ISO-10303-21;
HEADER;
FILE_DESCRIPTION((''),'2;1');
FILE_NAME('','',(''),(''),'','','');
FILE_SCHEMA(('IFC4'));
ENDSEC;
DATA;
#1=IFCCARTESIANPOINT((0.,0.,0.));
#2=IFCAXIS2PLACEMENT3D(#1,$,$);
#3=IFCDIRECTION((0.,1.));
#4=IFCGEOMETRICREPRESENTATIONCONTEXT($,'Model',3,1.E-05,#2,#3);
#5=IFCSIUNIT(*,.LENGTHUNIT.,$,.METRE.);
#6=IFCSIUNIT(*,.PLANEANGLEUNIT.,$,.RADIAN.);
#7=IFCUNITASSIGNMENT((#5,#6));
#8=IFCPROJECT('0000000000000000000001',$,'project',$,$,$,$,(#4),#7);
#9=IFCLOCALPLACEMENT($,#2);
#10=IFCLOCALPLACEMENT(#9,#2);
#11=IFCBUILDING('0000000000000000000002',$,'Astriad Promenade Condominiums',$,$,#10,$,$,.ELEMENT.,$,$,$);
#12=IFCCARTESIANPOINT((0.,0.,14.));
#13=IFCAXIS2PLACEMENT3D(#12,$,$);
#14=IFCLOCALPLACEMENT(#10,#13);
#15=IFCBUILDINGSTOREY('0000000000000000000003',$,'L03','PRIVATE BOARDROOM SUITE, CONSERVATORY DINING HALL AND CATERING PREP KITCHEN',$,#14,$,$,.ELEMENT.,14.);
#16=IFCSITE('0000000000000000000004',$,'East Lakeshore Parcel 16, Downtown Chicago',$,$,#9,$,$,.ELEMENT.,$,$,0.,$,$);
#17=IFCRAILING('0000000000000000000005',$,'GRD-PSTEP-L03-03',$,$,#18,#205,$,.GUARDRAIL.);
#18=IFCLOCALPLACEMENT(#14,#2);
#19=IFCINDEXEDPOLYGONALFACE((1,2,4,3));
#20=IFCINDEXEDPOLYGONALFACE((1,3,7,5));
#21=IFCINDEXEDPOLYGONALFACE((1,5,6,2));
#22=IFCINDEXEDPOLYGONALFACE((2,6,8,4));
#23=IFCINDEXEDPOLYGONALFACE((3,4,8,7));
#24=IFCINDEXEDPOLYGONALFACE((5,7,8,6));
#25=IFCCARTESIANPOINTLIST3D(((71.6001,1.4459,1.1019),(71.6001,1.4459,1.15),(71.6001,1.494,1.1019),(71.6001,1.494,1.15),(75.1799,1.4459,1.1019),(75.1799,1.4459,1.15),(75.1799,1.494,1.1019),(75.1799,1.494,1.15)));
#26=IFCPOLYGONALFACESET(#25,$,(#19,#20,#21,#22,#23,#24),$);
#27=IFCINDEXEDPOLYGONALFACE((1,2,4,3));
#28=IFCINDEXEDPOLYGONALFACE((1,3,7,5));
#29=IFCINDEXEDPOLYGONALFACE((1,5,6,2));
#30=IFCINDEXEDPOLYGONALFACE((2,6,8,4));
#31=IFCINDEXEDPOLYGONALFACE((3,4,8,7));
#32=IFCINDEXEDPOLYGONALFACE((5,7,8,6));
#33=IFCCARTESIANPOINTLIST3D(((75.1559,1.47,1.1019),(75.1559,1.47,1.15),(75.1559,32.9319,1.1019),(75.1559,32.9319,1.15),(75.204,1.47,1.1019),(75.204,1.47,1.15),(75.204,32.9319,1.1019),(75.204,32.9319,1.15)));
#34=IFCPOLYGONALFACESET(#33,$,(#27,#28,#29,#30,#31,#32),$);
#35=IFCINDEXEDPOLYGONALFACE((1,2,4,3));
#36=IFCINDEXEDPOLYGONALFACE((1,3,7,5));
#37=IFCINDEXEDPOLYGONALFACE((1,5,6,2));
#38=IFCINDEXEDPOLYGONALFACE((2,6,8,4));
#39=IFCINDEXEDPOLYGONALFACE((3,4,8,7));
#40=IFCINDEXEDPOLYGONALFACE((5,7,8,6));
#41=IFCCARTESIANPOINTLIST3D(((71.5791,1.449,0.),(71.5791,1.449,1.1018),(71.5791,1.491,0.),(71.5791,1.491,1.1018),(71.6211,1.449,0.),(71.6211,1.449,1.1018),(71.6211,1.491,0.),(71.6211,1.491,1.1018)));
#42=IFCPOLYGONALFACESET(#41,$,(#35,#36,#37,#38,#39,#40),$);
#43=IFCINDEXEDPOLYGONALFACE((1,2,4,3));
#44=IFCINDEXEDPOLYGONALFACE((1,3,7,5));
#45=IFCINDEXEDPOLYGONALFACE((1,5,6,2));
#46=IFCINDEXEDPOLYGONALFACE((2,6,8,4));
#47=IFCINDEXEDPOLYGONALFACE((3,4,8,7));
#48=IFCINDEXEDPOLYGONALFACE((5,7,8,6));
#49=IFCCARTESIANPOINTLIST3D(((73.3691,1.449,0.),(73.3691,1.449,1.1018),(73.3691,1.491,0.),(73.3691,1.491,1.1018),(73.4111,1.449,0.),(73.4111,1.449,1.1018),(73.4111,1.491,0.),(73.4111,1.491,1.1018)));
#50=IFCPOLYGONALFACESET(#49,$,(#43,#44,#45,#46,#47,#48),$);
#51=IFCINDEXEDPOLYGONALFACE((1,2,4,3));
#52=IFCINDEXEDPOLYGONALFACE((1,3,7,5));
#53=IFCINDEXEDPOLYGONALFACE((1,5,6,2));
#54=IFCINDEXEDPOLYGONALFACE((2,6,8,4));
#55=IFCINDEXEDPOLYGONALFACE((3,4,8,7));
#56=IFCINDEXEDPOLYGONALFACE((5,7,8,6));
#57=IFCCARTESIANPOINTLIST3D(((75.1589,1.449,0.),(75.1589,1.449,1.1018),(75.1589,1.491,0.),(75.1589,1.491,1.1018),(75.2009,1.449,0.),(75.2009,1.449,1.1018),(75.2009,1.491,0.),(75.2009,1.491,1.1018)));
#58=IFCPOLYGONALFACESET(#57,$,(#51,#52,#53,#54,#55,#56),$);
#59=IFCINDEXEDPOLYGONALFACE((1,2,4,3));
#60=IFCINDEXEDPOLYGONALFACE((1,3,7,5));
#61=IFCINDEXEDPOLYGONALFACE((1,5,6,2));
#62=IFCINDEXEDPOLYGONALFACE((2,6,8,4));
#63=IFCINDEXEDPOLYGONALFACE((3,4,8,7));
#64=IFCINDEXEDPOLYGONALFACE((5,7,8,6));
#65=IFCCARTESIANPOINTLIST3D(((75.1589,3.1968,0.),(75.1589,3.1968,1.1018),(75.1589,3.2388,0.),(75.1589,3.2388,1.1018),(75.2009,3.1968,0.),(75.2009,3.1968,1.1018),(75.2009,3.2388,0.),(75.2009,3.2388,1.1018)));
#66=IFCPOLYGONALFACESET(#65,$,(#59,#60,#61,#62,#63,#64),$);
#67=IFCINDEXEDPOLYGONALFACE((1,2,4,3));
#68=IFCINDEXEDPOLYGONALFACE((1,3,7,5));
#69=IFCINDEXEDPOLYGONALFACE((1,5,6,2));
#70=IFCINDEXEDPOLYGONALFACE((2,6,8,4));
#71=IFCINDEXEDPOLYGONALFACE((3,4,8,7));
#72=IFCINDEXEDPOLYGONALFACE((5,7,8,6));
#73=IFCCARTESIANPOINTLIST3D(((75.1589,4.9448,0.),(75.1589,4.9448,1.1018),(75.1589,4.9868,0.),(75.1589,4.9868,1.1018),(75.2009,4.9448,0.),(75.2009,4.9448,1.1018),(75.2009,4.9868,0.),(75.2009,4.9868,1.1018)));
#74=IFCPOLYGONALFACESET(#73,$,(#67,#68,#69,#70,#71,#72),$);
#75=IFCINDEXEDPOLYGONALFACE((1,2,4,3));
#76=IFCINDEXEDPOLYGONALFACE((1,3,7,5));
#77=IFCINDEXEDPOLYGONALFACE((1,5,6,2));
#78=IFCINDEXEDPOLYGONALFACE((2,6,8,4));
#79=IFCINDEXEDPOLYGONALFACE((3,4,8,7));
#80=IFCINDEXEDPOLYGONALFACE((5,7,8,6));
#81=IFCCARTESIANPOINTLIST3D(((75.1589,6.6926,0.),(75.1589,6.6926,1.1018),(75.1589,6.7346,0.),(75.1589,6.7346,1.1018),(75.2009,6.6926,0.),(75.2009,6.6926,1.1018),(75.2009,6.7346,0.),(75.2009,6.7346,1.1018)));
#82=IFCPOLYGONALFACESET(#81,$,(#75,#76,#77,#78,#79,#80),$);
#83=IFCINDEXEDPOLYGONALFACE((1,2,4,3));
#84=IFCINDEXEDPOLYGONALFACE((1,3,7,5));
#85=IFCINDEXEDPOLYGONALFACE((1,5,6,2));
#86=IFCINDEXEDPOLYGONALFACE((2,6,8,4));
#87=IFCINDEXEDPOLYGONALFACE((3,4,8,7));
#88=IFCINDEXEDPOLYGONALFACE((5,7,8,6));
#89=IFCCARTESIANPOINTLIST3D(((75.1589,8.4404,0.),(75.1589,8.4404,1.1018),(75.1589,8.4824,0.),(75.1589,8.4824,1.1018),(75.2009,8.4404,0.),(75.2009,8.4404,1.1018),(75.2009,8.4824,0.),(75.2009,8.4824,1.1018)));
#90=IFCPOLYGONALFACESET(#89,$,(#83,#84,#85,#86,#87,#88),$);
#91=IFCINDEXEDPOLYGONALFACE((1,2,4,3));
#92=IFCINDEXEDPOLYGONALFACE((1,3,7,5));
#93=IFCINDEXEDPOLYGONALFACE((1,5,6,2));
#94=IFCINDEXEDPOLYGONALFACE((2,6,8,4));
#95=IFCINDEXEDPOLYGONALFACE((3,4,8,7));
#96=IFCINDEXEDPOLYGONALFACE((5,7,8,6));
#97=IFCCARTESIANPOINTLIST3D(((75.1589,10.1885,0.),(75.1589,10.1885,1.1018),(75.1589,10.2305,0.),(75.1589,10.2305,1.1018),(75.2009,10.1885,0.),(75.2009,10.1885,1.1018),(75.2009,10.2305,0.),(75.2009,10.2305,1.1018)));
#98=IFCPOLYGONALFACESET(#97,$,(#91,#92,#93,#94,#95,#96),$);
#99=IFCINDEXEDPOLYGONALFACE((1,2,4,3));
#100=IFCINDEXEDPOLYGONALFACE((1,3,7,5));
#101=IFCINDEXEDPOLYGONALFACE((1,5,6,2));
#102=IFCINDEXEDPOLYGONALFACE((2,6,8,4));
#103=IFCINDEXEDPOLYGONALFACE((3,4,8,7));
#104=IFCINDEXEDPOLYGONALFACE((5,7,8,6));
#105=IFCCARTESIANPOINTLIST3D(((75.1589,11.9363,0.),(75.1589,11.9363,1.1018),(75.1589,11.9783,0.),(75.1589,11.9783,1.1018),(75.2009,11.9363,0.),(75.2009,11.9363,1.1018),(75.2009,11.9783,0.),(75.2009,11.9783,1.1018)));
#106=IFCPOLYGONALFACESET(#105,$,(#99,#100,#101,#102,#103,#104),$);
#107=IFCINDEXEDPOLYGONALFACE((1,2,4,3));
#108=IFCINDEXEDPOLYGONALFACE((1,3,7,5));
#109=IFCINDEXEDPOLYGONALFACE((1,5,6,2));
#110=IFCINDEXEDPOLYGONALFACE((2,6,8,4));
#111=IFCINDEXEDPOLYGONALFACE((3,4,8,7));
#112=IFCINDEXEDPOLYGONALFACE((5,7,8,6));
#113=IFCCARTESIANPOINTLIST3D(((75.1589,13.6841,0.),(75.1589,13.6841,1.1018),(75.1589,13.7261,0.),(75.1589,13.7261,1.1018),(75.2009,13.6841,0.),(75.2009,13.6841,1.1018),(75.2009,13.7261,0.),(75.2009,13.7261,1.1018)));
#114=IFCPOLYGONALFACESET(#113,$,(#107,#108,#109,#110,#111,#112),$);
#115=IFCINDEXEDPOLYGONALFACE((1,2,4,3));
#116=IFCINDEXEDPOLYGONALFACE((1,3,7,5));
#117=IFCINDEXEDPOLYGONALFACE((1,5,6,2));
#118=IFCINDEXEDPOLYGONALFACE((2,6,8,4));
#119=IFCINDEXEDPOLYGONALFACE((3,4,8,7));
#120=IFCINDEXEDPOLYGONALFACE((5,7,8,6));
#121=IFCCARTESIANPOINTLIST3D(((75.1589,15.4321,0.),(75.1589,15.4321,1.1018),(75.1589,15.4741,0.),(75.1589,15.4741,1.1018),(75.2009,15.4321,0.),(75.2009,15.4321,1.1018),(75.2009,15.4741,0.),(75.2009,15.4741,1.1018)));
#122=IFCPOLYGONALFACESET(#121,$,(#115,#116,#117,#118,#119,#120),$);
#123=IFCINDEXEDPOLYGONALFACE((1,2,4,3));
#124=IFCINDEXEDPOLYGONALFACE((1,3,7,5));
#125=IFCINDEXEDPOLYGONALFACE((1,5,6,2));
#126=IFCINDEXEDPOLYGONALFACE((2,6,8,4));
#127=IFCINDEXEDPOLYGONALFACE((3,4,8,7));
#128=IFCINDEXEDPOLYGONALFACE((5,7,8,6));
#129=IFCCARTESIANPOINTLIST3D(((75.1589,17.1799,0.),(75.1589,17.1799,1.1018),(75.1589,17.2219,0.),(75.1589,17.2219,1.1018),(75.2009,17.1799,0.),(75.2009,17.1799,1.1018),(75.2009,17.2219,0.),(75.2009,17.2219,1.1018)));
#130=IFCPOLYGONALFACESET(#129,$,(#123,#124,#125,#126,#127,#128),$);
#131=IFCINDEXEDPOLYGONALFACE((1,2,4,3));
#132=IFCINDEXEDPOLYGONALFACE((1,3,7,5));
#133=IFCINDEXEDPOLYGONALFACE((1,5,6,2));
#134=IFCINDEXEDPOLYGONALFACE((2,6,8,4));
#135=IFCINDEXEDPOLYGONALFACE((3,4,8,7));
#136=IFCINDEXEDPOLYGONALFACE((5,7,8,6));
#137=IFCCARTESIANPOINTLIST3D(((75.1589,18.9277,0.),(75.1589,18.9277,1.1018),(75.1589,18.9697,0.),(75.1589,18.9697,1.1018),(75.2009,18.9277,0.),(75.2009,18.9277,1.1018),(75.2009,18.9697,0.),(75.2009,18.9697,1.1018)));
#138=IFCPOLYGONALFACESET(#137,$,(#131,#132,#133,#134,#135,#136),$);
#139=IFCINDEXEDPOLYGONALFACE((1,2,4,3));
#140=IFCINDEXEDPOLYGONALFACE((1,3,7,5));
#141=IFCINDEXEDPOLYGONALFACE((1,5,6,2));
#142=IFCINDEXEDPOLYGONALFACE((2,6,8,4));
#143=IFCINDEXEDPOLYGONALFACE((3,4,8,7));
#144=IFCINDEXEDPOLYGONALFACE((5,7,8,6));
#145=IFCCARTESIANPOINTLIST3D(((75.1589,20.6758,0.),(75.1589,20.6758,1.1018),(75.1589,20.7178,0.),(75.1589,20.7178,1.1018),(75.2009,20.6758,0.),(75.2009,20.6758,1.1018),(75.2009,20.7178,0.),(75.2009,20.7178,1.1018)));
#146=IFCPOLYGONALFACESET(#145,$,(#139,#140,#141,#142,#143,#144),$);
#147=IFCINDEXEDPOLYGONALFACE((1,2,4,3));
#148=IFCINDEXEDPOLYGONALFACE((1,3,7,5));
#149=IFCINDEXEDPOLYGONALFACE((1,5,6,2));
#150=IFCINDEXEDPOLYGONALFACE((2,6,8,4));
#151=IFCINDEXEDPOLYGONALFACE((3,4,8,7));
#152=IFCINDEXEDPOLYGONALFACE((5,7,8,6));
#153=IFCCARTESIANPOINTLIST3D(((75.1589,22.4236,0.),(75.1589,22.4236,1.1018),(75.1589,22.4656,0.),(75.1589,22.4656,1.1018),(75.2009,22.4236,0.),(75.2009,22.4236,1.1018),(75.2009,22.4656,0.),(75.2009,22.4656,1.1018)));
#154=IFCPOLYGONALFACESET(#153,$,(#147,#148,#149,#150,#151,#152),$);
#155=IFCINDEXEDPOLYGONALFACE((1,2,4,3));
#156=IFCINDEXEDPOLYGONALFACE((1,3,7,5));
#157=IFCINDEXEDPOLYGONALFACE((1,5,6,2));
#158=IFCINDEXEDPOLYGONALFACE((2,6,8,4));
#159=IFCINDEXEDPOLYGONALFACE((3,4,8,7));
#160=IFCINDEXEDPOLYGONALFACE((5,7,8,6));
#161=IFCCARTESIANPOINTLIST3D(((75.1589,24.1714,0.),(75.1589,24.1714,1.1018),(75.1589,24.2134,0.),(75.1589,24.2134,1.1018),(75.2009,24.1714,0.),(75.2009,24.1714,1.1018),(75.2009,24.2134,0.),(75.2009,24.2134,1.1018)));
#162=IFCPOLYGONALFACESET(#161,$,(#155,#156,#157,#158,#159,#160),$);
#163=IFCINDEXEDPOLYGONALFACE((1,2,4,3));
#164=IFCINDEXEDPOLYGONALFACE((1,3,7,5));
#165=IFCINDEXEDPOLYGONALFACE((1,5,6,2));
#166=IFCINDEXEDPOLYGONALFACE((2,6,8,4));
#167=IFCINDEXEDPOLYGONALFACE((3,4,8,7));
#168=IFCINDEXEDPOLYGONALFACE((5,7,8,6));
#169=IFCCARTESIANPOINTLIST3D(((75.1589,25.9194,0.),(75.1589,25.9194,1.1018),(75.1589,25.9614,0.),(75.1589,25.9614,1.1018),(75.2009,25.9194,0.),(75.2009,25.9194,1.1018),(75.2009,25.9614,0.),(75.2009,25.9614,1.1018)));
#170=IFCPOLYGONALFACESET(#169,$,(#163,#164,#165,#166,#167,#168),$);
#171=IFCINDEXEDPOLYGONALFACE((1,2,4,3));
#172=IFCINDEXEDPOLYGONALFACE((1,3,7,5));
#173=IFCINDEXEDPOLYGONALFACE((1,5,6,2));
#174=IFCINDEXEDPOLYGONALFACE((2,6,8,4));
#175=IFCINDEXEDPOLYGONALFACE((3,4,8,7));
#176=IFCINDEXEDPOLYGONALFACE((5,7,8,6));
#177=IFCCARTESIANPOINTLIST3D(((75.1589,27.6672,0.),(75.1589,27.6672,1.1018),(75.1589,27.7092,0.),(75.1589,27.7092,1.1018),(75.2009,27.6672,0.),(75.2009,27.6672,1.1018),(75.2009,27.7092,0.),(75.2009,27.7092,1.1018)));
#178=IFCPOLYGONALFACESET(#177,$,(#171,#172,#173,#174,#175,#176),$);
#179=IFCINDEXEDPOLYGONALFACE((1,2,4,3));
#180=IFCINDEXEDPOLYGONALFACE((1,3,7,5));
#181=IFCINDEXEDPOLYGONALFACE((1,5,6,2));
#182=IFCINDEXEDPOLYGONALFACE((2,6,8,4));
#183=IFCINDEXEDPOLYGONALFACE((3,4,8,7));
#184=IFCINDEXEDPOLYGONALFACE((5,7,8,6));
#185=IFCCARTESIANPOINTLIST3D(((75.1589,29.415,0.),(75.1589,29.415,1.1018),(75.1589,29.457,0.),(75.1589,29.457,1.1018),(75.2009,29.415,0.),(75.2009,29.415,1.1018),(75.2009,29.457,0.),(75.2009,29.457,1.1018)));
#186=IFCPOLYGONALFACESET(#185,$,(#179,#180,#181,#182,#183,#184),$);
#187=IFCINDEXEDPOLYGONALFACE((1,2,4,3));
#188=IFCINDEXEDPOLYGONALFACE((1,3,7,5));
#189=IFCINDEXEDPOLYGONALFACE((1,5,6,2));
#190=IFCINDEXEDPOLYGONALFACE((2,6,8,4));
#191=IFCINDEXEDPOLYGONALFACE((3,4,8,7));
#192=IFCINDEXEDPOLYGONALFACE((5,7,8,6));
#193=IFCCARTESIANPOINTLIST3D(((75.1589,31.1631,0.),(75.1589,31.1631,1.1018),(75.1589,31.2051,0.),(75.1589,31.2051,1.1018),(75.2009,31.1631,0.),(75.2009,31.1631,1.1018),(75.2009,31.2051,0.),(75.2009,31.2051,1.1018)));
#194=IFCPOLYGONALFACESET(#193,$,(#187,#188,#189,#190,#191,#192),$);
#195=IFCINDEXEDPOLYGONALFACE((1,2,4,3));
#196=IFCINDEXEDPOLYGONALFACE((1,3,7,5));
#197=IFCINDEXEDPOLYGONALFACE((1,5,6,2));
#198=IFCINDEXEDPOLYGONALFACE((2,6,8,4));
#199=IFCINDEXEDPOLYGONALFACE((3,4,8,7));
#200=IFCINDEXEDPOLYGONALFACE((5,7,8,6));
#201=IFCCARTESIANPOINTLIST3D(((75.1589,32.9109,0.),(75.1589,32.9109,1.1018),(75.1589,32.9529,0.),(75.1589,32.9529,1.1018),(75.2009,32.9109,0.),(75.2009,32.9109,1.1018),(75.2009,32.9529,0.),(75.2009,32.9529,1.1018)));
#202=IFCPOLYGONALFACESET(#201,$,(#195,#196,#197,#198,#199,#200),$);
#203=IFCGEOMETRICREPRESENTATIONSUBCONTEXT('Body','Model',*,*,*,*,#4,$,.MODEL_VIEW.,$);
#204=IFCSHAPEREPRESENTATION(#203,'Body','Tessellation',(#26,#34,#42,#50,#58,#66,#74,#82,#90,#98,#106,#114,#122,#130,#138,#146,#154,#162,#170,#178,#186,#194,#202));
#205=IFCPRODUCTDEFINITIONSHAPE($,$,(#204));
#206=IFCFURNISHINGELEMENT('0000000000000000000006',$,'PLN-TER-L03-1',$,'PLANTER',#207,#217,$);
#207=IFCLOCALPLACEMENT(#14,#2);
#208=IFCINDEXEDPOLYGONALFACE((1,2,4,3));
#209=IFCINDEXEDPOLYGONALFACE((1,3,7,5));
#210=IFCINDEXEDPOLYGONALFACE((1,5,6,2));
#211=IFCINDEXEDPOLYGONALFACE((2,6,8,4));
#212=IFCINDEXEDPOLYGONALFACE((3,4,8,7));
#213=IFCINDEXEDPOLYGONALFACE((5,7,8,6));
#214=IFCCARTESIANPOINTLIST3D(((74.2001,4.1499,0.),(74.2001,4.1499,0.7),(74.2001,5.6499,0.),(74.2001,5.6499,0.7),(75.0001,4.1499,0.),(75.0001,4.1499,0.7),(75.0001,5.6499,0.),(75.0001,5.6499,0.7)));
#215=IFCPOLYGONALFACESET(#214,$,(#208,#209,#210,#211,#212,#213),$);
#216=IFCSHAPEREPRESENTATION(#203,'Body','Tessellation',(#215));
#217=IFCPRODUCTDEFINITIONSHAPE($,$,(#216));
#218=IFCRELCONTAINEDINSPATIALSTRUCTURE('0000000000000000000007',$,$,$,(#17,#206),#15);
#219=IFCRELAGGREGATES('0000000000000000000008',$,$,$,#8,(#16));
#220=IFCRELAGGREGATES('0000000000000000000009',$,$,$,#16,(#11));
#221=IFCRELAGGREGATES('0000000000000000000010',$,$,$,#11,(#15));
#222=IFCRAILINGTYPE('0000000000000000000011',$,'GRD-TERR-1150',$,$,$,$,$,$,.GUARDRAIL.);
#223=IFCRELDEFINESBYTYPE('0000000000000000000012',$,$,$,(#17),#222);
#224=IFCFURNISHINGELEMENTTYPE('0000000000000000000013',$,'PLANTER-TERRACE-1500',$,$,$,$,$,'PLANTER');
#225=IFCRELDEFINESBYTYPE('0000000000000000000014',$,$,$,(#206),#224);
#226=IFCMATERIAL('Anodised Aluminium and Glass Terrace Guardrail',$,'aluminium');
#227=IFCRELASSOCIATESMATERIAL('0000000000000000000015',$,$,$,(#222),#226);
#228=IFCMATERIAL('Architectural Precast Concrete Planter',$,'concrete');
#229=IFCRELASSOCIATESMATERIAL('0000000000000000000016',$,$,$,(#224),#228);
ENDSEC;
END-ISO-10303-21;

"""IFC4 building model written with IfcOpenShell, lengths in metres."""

from ifc_helpers import new_model, si_unit, direction, frame, origin, origin_2d, place, context, subcontext, project, spatial, rectangle, extrude, source, transform, mapped, material, type_object, type_shapes, element, save


model = new_model("IFC4")

# Units and contexts
model_context = context("Model", 3, precision=1e-05, world=origin(), true_north=direction((0.0, 1.0)))
body_context = subcontext(model_context, "Body", "Model", "MODEL_VIEW")
ifc_project = project(units=[si_unit("LENGTHUNIT", "METRE"), si_unit("PLANEANGLEUNIT", "RADIAN")], contexts=[model_context])

# Site, building, storey
site_placement = place(None, origin())
site = spatial("IfcSite", under=ifc_project, at=site_placement, Name="East Lakeshore Parcel 16, Downtown Chicago", CompositionType="ELEMENT", RefElevation=0.0)
building_placement = place(site_placement, origin())
building = spatial("IfcBuilding", under=site, at=building_placement, Name="Astriad Promenade Condominiums", CompositionType="ELEMENT")
storey_placement = place(building_placement, frame((0.0, 0.0, 14.0)))
storey = spatial("IfcBuildingStorey", under=building, at=storey_placement, Name="L03", Description="PRIVATE BOARDROOM SUITE, CONSERVATORY DINING HALL AND CATERING PREP KITCHEN", CompositionType="ELEMENT", Elevation=14.0)

# Railing
ifc_material_1 = material(Name="Anodised Aluminium and Glass Terrace Guardrail", Category="aluminium")
railing_type = type_object("IfcRailingType", Name="GRD-TERR-1150", PredefinedType="GUARDRAIL", material=ifc_material_1)
shared_shape_1 = source(origin(), body_context, "Body", "SweptSolid", [
    extrude(rectangle(XDim=0.0481, YDim=0.0481, at=origin_2d()), frame((0.0, 0.0, 1.126), z_axis=(1.0, 0.0, 0.0), x_axis=(0.0, 1.0, 0.0)), (0.0, 0.0, 1.0), 3.5798),
    extrude(rectangle(XDim=0.0481, YDim=0.0481, at=origin_2d()), frame((3.5798, 0.0, 1.126), z_axis=(0.0, 1.0, 0.0), x_axis=(-1.0, 0.0, 0.0)), (0.0, 0.0, 1.0), 31.4619),
    extrude(rectangle(XDim=0.042, YDim=0.042, at=origin_2d()), origin(), (0.0, 0.0, 1.0), 1.1018),
    extrude(rectangle(XDim=0.042, YDim=0.042, at=origin_2d()), frame((1.79, 0.0, 0.0)), (0.0, 0.0, 1.0), 1.1018),
    extrude(rectangle(XDim=0.042, YDim=0.042, at=origin_2d()), frame((3.5798, 0.0, 0.0)), (0.0, 0.0, 1.0), 1.1018),
    extrude(rectangle(XDim=0.042, YDim=0.042, at=origin_2d()), frame((3.5798, 1.7478, 0.0)), (0.0, 0.0, 1.0), 1.1018),
    extrude(rectangle(XDim=0.042, YDim=0.042, at=origin_2d()), frame((3.5798, 3.4958, 0.0)), (0.0, 0.0, 1.0), 1.1018),
    extrude(rectangle(XDim=0.042, YDim=0.042, at=origin_2d()), frame((3.5798, 5.2437, 0.0)), (0.0, 0.0, 1.0), 1.1018),
    extrude(rectangle(XDim=0.042, YDim=0.042, at=origin_2d()), frame((3.5798, 6.9915, 0.0)), (0.0, 0.0, 1.0), 1.1018),
    extrude(rectangle(XDim=0.042, YDim=0.042, at=origin_2d()), frame((3.5798, 8.7395, 0.0)), (0.0, 0.0, 1.0), 1.1018),
    extrude(rectangle(XDim=0.042, YDim=0.042, at=origin_2d()), frame((3.5798, 10.4873, 0.0)), (0.0, 0.0, 1.0), 1.1018),
    extrude(rectangle(XDim=0.042, YDim=0.042, at=origin_2d()), frame((3.5798, 12.2351, 0.0)), (0.0, 0.0, 1.0), 1.1018),
    extrude(rectangle(XDim=0.042, YDim=0.042, at=origin_2d()), frame((3.5798, 13.9832, 0.0)), (0.0, 0.0, 1.0), 1.1018),
    extrude(rectangle(XDim=0.042, YDim=0.042, at=origin_2d()), frame((3.5798, 15.731, 0.0)), (0.0, 0.0, 1.0), 1.1018),
    extrude(rectangle(XDim=0.042, YDim=0.042, at=origin_2d()), frame((3.5798, 17.4788, 0.0)), (0.0, 0.0, 1.0), 1.1018),
    extrude(rectangle(XDim=0.042, YDim=0.042, at=origin_2d()), frame((3.5798, 19.2268, 0.0)), (0.0, 0.0, 1.0), 1.1018),
    extrude(rectangle(XDim=0.042, YDim=0.042, at=origin_2d()), frame((3.5798, 20.9746, 0.0)), (0.0, 0.0, 1.0), 1.1018),
    extrude(rectangle(XDim=0.042, YDim=0.042, at=origin_2d()), frame((3.5798, 22.7224, 0.0)), (0.0, 0.0, 1.0), 1.1018),
    extrude(rectangle(XDim=0.042, YDim=0.042, at=origin_2d()), frame((3.5798, 24.4705, 0.0)), (0.0, 0.0, 1.0), 1.1018),
    extrude(rectangle(XDim=0.042, YDim=0.042, at=origin_2d()), frame((3.5798, 26.2183, 0.0)), (0.0, 0.0, 1.0), 1.1018),
    extrude(rectangle(XDim=0.042, YDim=0.042, at=origin_2d()), frame((3.5798, 27.9661, 0.0)), (0.0, 0.0, 1.0), 1.1018),
    extrude(rectangle(XDim=0.042, YDim=0.042, at=origin_2d()), frame((3.5798, 29.7141, 0.0)), (0.0, 0.0, 1.0), 1.1018),
    extrude(rectangle(XDim=0.042, YDim=0.042, at=origin_2d()), frame((3.5798, 31.4619, 0.0)), (0.0, 0.0, 1.0), 1.1018),
])
railing_1_placement = place(storey_placement, frame((71.6001, 1.47, 0.0)))
element("IfcRailing", 1, at=railing_1_placement, inside=storey, type_object=railing_type, Name="GRD-PSTEP-L03-03", PredefinedType="GUARDRAIL", context=body_context, shape_type="MappedRepresentation", body=[
    mapped(shared_shape_1, transform((0.0, 0.0, 0.0), scale=1.0)),
])

# Furnishing element
ifc_material_2 = material(Name="Architectural Precast Concrete Planter", Category="concrete")
furnishing_element_type = type_object("IfcFurnishingElementType", Name="PLANTER-TERRACE-1500", ElementType="PLANTER", material=ifc_material_2)
shared_shape_2 = source(origin(), body_context, "Body", "SweptSolid", [
    extrude(rectangle(XDim=0.8, YDim=1.5, at=origin_2d()), origin(), (0.0, 0.0, 1.0), 0.7),
])
type_shapes(furnishing_element_type, [shared_shape_2])
furnishing_placement = place(storey_placement, frame((74.6001, 4.8999, 0.0), z_axis=(0.0, 0.0, 1.0), x_axis=(1.0, 0.0, 0.0)))
element("IfcFurnishingElement", 2, at=furnishing_placement, inside=storey, type_object=furnishing_element_type, Name="PLN-TER-L03-1", ObjectType="PLANTER", context=body_context, shape_type="MappedRepresentation", body=[
    mapped(shared_shape_2, transform((0.0, 0.0, 0.0), scale=1.0)),
])

save(model, "model.ifc")
